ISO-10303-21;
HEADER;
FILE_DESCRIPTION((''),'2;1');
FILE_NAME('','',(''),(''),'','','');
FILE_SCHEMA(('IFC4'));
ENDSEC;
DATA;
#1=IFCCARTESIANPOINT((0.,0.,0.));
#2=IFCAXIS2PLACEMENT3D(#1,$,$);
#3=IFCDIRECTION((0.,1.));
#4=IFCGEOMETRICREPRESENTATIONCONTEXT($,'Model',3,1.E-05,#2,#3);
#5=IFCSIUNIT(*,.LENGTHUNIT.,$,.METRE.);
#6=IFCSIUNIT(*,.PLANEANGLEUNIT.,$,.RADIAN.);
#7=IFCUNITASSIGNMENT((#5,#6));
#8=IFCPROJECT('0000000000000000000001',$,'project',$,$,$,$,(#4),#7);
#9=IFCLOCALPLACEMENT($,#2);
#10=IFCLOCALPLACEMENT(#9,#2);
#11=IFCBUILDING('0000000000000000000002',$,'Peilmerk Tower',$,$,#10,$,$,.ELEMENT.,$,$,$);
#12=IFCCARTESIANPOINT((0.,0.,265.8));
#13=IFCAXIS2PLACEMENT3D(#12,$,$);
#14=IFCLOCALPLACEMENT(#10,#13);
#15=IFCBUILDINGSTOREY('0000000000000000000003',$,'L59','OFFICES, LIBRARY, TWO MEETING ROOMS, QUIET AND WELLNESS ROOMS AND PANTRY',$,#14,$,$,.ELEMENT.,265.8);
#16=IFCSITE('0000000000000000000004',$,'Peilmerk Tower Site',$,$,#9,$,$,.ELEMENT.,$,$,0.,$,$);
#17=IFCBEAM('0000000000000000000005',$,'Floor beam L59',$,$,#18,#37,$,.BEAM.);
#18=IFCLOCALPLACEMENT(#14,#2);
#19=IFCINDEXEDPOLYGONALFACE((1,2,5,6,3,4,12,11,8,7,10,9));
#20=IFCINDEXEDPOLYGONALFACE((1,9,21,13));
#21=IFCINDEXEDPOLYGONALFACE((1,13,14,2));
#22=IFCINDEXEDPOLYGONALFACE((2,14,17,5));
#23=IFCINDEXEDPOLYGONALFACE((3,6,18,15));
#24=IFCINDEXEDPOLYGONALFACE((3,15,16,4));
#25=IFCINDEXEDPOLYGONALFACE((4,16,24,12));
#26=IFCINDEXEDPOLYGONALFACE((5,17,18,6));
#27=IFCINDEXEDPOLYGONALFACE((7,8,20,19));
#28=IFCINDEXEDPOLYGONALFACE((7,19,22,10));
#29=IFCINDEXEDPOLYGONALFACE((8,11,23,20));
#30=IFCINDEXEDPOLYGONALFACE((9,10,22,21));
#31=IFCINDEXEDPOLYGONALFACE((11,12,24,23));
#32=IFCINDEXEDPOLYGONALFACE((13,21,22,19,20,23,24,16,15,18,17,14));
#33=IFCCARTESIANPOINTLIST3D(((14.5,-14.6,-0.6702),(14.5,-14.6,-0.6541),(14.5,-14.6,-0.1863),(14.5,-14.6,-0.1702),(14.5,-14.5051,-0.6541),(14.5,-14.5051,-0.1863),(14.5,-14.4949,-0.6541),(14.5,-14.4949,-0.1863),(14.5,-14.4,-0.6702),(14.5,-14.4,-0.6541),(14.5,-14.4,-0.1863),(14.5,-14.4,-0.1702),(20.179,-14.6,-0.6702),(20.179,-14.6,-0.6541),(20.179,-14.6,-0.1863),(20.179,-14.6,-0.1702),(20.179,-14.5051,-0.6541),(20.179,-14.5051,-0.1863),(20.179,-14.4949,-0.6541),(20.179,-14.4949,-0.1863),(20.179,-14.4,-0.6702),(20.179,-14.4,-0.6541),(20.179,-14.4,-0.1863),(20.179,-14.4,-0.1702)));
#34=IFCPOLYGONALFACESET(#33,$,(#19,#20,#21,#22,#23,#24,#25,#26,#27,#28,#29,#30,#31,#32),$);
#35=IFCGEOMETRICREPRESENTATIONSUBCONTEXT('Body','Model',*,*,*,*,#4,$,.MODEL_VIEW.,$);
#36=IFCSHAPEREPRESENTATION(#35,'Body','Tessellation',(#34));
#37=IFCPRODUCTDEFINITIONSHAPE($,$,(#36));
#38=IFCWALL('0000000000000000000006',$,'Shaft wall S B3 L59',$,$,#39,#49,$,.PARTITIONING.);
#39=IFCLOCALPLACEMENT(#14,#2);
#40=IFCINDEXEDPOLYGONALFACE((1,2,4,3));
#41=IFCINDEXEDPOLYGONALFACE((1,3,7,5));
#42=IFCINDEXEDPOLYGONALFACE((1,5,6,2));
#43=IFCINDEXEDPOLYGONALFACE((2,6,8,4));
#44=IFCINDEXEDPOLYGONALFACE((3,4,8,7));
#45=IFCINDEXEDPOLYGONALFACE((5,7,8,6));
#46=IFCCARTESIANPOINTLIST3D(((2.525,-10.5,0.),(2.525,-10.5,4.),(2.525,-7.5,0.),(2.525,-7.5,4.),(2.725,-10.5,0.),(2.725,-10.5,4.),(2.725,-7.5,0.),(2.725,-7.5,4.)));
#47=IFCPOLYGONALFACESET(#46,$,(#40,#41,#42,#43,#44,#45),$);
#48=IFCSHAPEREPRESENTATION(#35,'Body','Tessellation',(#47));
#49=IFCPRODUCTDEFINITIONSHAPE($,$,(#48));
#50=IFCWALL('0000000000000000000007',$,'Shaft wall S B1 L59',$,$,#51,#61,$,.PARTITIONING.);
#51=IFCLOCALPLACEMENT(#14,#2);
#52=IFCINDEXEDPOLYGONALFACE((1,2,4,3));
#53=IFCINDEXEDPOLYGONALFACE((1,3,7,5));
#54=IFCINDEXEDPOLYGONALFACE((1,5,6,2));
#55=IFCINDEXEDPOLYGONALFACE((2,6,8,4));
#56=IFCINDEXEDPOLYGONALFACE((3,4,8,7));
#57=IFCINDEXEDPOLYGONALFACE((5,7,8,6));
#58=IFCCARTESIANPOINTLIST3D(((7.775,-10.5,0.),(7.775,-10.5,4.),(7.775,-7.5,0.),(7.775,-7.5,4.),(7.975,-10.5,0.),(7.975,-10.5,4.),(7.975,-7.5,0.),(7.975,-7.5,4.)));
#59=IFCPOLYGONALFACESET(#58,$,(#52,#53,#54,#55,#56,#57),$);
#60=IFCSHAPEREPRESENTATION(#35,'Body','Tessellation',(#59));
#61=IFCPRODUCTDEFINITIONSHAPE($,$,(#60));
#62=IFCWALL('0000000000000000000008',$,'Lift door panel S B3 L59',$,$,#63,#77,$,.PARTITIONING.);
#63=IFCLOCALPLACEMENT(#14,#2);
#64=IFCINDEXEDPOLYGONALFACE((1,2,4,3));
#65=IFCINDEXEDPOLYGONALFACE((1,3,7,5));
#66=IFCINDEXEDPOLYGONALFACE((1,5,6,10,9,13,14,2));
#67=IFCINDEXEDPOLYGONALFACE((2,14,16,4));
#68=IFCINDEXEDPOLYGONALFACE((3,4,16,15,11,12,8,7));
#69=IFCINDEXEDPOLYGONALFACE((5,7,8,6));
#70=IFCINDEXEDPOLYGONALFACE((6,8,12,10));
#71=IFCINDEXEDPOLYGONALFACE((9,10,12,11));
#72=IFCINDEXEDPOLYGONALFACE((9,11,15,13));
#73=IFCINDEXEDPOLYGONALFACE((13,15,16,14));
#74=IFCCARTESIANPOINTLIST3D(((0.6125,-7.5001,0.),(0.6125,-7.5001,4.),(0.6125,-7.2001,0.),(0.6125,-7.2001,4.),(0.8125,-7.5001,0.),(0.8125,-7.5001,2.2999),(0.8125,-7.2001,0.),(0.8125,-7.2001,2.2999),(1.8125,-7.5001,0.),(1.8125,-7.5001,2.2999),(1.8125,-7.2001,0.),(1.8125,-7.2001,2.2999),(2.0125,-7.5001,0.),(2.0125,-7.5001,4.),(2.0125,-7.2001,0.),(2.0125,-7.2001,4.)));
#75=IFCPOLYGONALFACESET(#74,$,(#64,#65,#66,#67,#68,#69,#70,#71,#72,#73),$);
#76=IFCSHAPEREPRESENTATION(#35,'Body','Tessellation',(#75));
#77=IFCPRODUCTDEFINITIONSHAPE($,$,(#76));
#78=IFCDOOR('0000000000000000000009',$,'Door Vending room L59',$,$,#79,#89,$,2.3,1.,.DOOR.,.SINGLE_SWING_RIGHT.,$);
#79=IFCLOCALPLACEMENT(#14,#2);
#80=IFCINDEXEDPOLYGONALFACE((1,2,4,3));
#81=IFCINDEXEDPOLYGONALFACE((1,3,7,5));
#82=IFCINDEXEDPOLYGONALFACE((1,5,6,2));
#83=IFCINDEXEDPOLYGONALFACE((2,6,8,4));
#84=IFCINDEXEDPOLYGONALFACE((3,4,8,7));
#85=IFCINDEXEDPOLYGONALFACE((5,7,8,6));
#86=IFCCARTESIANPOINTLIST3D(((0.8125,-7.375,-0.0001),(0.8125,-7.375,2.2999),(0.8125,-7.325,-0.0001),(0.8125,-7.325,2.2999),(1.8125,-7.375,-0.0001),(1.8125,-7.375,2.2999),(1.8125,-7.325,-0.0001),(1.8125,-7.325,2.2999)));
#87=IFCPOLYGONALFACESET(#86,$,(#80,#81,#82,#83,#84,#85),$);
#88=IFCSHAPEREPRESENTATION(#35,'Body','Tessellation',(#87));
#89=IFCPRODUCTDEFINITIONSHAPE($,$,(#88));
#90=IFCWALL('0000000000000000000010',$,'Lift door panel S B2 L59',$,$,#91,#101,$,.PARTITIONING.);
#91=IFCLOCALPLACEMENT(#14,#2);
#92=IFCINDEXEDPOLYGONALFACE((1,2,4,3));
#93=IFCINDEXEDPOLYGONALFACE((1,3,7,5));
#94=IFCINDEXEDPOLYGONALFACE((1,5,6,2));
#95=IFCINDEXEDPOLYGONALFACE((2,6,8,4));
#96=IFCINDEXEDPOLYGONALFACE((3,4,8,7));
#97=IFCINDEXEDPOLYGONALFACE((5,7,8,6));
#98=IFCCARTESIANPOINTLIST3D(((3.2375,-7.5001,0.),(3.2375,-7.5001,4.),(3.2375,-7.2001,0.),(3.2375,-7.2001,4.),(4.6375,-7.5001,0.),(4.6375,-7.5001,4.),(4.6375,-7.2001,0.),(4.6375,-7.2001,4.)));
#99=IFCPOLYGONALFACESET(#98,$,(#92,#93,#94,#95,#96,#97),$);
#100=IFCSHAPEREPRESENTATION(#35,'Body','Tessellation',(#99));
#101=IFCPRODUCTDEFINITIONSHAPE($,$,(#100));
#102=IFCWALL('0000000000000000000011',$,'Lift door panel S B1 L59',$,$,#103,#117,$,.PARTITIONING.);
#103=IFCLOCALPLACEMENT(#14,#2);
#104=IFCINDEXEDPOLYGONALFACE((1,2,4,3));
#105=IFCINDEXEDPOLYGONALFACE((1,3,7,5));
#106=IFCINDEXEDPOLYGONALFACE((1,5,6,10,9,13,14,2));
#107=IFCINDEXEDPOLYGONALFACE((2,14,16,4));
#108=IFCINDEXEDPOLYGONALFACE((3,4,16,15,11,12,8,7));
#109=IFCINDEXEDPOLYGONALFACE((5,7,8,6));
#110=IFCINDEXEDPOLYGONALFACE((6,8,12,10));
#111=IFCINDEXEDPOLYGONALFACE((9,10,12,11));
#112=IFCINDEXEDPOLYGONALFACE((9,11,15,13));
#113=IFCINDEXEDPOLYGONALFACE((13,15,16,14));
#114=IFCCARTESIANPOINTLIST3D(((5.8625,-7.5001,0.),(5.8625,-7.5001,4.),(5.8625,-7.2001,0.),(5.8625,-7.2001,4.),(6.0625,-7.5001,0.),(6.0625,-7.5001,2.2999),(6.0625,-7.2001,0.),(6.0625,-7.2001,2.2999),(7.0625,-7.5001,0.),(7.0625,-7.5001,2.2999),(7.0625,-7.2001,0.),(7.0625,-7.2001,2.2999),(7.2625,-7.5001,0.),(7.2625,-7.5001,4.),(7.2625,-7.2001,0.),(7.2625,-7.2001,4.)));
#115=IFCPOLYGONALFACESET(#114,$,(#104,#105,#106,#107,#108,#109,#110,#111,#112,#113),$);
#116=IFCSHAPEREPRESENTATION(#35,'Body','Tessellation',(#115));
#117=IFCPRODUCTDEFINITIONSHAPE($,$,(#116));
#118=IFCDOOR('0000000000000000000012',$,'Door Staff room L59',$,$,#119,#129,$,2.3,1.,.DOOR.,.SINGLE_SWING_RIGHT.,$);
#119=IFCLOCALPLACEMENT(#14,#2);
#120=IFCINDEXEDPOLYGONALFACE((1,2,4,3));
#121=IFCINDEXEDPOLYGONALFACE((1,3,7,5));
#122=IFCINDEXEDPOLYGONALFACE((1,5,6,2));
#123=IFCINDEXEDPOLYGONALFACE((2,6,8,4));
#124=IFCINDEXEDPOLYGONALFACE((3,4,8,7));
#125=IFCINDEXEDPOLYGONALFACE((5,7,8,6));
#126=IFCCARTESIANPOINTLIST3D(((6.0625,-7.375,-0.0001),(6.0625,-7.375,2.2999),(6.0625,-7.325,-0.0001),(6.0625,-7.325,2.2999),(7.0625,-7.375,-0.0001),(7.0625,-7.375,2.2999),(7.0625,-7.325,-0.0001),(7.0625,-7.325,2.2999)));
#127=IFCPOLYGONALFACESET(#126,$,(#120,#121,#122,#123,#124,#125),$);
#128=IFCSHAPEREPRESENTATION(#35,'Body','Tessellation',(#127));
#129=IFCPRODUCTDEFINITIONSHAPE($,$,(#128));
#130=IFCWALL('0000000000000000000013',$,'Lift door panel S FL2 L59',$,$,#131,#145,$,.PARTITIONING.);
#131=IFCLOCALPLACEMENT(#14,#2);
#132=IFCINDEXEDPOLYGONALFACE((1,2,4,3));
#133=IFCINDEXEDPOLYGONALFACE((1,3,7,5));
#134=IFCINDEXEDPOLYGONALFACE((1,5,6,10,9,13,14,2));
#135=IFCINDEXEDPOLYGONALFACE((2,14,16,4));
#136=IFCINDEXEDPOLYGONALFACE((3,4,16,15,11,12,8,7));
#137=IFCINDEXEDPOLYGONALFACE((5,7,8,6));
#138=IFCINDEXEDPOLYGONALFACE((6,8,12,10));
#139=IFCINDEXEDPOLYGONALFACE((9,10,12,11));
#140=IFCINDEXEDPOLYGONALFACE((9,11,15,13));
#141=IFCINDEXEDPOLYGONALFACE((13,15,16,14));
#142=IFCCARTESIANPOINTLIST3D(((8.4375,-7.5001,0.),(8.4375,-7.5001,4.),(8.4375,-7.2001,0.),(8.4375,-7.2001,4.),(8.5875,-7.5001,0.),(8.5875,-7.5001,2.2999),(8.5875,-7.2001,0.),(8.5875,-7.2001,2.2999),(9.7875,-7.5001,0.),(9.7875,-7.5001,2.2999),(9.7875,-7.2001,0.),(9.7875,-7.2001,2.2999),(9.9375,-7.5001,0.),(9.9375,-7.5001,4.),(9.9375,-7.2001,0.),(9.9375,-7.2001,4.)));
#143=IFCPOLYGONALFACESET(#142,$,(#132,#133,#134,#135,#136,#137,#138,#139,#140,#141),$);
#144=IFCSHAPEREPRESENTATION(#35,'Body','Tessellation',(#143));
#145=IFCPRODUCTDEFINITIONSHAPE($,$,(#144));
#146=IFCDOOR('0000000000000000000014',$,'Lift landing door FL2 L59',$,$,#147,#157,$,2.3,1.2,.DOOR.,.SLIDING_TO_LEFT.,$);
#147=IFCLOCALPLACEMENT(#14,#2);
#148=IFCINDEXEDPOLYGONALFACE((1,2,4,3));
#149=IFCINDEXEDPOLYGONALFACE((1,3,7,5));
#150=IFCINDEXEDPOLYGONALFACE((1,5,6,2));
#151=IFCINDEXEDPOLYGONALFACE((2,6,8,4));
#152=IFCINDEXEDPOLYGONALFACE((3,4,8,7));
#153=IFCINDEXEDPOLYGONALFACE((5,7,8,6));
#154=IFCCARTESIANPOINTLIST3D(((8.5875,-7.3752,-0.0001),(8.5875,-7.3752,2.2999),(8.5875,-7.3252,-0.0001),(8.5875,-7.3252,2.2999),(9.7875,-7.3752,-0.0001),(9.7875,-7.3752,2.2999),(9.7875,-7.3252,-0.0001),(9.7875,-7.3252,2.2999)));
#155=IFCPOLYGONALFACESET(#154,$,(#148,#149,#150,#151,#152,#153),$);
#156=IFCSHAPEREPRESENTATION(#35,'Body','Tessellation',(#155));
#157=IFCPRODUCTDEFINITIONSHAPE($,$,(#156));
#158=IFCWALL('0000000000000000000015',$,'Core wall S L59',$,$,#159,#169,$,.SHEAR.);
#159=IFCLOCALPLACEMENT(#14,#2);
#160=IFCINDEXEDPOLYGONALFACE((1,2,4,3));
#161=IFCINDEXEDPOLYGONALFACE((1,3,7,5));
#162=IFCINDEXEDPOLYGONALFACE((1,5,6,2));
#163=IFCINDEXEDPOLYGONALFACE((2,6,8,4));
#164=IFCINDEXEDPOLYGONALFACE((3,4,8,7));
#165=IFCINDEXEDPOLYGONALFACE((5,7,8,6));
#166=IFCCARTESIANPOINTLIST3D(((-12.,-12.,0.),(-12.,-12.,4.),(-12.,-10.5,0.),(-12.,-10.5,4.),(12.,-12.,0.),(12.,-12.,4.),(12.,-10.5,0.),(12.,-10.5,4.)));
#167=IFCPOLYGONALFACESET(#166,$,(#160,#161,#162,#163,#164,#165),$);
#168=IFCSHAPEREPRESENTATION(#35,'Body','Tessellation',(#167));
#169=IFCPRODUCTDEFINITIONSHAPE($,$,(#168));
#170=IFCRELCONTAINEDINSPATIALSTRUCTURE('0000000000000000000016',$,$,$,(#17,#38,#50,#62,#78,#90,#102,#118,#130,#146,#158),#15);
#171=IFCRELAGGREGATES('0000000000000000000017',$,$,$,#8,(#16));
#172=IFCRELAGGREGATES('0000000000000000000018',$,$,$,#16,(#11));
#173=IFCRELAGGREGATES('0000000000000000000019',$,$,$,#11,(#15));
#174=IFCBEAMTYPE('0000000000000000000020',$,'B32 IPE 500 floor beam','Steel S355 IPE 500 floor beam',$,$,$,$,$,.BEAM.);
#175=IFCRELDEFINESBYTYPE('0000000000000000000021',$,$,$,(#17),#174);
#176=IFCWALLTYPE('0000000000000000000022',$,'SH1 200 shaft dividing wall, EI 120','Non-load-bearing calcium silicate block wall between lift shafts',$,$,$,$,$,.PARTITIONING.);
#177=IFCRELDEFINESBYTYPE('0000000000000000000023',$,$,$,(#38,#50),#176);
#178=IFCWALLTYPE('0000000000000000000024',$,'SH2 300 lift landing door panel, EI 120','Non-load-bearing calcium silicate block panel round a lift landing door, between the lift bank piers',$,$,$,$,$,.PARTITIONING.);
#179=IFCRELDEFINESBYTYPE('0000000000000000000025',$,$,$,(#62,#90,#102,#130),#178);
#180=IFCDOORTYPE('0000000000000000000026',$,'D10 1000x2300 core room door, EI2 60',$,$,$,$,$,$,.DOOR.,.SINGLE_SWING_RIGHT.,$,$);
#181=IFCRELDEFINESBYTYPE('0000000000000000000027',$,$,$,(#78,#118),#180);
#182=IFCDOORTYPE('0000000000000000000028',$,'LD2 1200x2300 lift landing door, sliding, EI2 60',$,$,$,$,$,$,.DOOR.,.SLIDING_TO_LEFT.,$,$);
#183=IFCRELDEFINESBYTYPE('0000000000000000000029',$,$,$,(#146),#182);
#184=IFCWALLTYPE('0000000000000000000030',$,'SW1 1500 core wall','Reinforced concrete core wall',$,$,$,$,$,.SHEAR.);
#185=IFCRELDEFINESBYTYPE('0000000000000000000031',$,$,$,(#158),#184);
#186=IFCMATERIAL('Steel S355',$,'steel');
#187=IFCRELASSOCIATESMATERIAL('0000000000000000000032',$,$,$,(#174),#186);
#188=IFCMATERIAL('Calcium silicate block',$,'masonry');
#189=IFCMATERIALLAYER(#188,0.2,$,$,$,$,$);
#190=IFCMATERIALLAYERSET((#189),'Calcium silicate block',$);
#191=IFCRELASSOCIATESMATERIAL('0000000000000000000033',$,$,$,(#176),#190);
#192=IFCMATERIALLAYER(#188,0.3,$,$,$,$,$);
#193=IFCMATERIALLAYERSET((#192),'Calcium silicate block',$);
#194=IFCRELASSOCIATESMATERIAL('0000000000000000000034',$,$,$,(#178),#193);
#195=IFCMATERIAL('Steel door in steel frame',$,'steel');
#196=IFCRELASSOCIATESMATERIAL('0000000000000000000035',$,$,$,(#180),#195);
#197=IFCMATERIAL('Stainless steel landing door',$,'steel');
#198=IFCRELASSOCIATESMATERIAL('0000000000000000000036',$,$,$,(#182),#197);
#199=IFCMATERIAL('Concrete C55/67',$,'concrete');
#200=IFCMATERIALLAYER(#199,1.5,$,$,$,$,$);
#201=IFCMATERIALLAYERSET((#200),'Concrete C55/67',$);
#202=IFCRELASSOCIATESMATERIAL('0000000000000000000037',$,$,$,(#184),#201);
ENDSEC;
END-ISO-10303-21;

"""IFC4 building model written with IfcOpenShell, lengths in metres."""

from ifc_helpers import new_model, si_unit, direction, frame, frame_2d, origin, origin_2d, place, context, subcontext, project, spatial, rectangle, i_section, extrude, material, layer, layer_set, material_profile, profile_set, type_object, element, fill, save


model = new_model("IFC4")

# Units and contexts
model_context = context("Model", 3, precision=1e-05, world=origin(), true_north=direction((0.0, 1.0)))
body_context = subcontext(model_context, "Body", "Model", "MODEL_VIEW")
ifc_project = project(units=[si_unit("LENGTHUNIT", "METRE"), si_unit("PLANEANGLEUNIT", "RADIAN")], contexts=[model_context])

# Site, building, storey
site_placement = place(None, origin())
site = spatial("IfcSite", under=ifc_project, at=site_placement, Name="Peilmerk Tower Site", CompositionType="ELEMENT", RefElevation=0.0)
building_placement = place(site_placement, origin())
building = spatial("IfcBuilding", under=site, at=building_placement, Name="Peilmerk Tower", CompositionType="ELEMENT")
storey_placement = place(building_placement, frame((0.0, 0.0, 265.8)))
storey = spatial("IfcBuildingStorey", under=building, at=storey_placement, Name="L59", Description="OFFICES, LIBRARY, TWO MEETING ROOMS, QUIET AND WELLNESS ROOMS AND PANTRY", CompositionType="ELEMENT", Elevation=265.8)

# Beam
ifc_material_1 = material(Name="Steel S355", Category="steel")
ifc_material_profile_1 = material_profile(ifc_material_1, i_section(OverallWidth=0.2, OverallDepth=0.5, WebThickness=0.0103, FlangeThickness=0.0161, at=origin_2d()), Name="IPE 500")
ifc_profile_set_1 = profile_set([ifc_material_profile_1], Name="Steel S355")
beam_type_1 = type_object("IfcBeamType", Name="B32 IPE 500 floor beam", Description="Steel S355 IPE 500 floor beam", PredefinedType="BEAM", material=ifc_profile_set_1)
for number, where, z_axis, x_axis, name in (
    (1, (14.5, -14.5, -0.4202), (1.0, 0.0, 0.0), (0.0, 1.0, 0.0), "Floor beam L59"),
):
    element("IfcBeam", number, at=place(storey_placement, frame(where, z_axis=z_axis, x_axis=x_axis)), inside=storey, type_object=beam_type_1, Name=name, PredefinedType="BEAM", context=body_context, shape_type="SweptSolid", body=[
        extrude(i_section(OverallWidth=0.2, OverallDepth=0.5, WebThickness=0.0103, FlangeThickness=0.0161, at=origin_2d()), origin(), (0.0, 0.0, 1.0), 5.679),
    ])

# Walls
ifc_material_2 = material(Name="Calcium silicate block", Category="masonry")
ifc_layer_1 = layer(ifc_material_2, 0.2)
ifc_layer_set_1 = layer_set([ifc_layer_1], Name="Calcium silicate block")
wall_type_1 = type_object("IfcWallType", Name="SH1 200 shaft dividing wall, EI 120", Description="Non-load-bearing calcium silicate block wall between lift shafts", PredefinedType="PARTITIONING", material=ifc_layer_set_1)
for number, where, z_axis, x_axis, name in (
    (2, (2.625, -10.5, 0.0), (0.0, 0.0, 1.0), (0.0, 1.0, 0.0), "Shaft wall S B3 L59"),
    (3, (7.875, -10.5, 0.0), (0.0, 0.0, 1.0), (0.0, 1.0, 0.0), "Shaft wall S B1 L59"),
):
    element("IfcWall", number, at=place(storey_placement, frame(where, z_axis=z_axis, x_axis=x_axis)), inside=storey, type_object=wall_type_1, Name=name, PredefinedType="PARTITIONING", context=body_context, shape_type="SweptSolid", body=[
        extrude(rectangle(XDim=3.0, YDim=0.2, at=frame_2d((1.5, 0.0))), origin(), (0.0, 0.0, 1.0), 4.0),
    ])

# Wall, opening, door
ifc_layer_2 = layer(ifc_material_2, 0.3)
ifc_layer_set_2 = layer_set([ifc_layer_2], Name="Calcium silicate block")
wall_type_2 = type_object("IfcWallType", Name="SH2 300 lift landing door panel, EI 120", Description="Non-load-bearing calcium silicate block panel round a lift landing door, between the lift bank piers", PredefinedType="PARTITIONING", material=ifc_layer_set_2)
wall_1_placement = place(storey_placement, frame((0.6125, -7.3501, 0.0), z_axis=(0.0, 0.0, 1.0), x_axis=(1.0, 0.0, 0.0)))
wall_1 = element("IfcWall", 4, at=wall_1_placement, inside=storey, type_object=wall_type_2, Name="Lift door panel S B3 L59", PredefinedType="PARTITIONING", context=body_context, shape_type="SweptSolid", body=[
    extrude(rectangle(XDim=1.3999, YDim=0.3, at=frame_2d((0.7, 0.0))), origin(), (0.0, 0.0, 1.0), 4.0),
])
opening_1_placement = place(wall_1_placement, frame((0.2, 0.0, 0.0)))
opening_1 = element("IfcOpeningElement", 5, at=opening_1_placement, cuts=wall_1, PredefinedType="OPENING", context=body_context, shape_type="SweptSolid", body=[
    extrude(rectangle(XDim=1.0, YDim=2.3, at=frame_2d((0.5, 1.1499))), frame((0.0, 0.1599, 0.0), z_axis=(0.0, -1.0, 0.0), x_axis=(1.0, 0.0, 0.0)), (0.0, 0.0, 1.0), 0.3201),
])
ifc_material_3 = material(Name="Steel door in steel frame", Category="steel")
door_type_1 = type_object("IfcDoorType", Name="D10 1000x2300 core room door, EI2 60", OperationType="SINGLE_SWING_RIGHT", PredefinedType="DOOR", material=ifc_material_3)
door_1_placement = place(opening_1_placement, frame((1.0, 0.0, 0.0), z_axis=(0.0, 0.0, 1.0), x_axis=(-1.0, 0.0, 0.0)))
door_1 = element("IfcDoor", 6, at=door_1_placement, inside=storey, type_object=door_type_1, Name="Door Vending room L59", OperationType="SINGLE_SWING_RIGHT", OverallHeight=2.3, OverallWidth=1.0, PredefinedType="DOOR", context=body_context, shape_type="SweptSolid", body=[
    extrude(rectangle(XDim=1.0, YDim=2.3, at=frame_2d((0.5, 1.1499))), frame((0.0, 0.0249, 0.0), z_axis=(0.0, -1.0, 0.0), x_axis=(1.0, 0.0, 0.0)), (0.0, 0.0, 1.0), 0.05),
])
fill(opening_1, door_1)

# Wall
wall_2_placement = place(storey_placement, frame((3.2375, -7.3501, 0.0), z_axis=(0.0, 0.0, 1.0), x_axis=(1.0, 0.0, 0.0)))
element("IfcWall", 7, at=wall_2_placement, inside=storey, type_object=wall_type_2, Name="Lift door panel S B2 L59", PredefinedType="PARTITIONING", context=body_context, shape_type="SweptSolid", body=[
    extrude(rectangle(XDim=1.3999, YDim=0.3, at=frame_2d((0.7, 0.0))), origin(), (0.0, 0.0, 1.0), 4.0),
])

# Walls, openings, doors
wall_3_placement = place(storey_placement, frame((5.8625, -7.3501, 0.0), z_axis=(0.0, 0.0, 1.0), x_axis=(1.0, 0.0, 0.0)))
wall_3 = element("IfcWall", 8, at=wall_3_placement, inside=storey, type_object=wall_type_2, Name="Lift door panel S B1 L59", PredefinedType="PARTITIONING", context=body_context, shape_type="SweptSolid", body=[
    extrude(rectangle(XDim=1.3999, YDim=0.3, at=frame_2d((0.7, 0.0))), origin(), (0.0, 0.0, 1.0), 4.0),
])
opening_2_placement = place(wall_3_placement, frame((0.2, 0.0, 0.0)))
opening_2 = element("IfcOpeningElement", 9, at=opening_2_placement, cuts=wall_3, PredefinedType="OPENING", context=body_context, shape_type="SweptSolid", body=[
    extrude(rectangle(XDim=1.0, YDim=2.3, at=frame_2d((0.5, 1.1499))), frame((0.0, 0.1599, 0.0), z_axis=(0.0, -1.0, 0.0), x_axis=(1.0, 0.0, 0.0)), (0.0, 0.0, 1.0), 0.3201),
])
door_2_placement = place(opening_2_placement, frame((1.0, 0.0, 0.0), z_axis=(0.0, 0.0, 1.0), x_axis=(-1.0, 0.0, 0.0)))
door_2 = element("IfcDoor", 10, at=door_2_placement, inside=storey, type_object=door_type_1, Name="Door Staff room L59", OperationType="SINGLE_SWING_RIGHT", OverallHeight=2.3, OverallWidth=1.0, PredefinedType="DOOR", context=body_context, shape_type="SweptSolid", body=[
    extrude(rectangle(XDim=1.0, YDim=2.3, at=frame_2d((0.5, 1.1499))), frame((0.0, 0.0249, 0.0), z_axis=(0.0, -1.0, 0.0), x_axis=(1.0, 0.0, 0.0)), (0.0, 0.0, 1.0), 0.05),
])
fill(opening_2, door_2)
wall_4_placement = place(storey_placement, frame((8.4375, -7.3501, 0.0), z_axis=(0.0, 0.0, 1.0), x_axis=(1.0, 0.0, 0.0)))
wall_4 = element("IfcWall", 11, at=wall_4_placement, inside=storey, type_object=wall_type_2, Name="Lift door panel S FL2 L59", PredefinedType="PARTITIONING", context=body_context, shape_type="SweptSolid", body=[
    extrude(rectangle(XDim=1.5, YDim=0.3, at=frame_2d((0.75, 0.0))), origin(), (0.0, 0.0, 1.0), 4.0),
])
opening_3_placement = place(wall_4_placement, frame((0.1499, 0.0, 0.0)))
opening_3 = element("IfcOpeningElement", 12, at=opening_3_placement, cuts=wall_4, PredefinedType="OPENING", context=body_context, shape_type="SweptSolid", body=[
    extrude(rectangle(XDim=1.2, YDim=2.3, at=frame_2d((0.6001, 1.1499))), frame((0.0, 0.1599, 0.0), z_axis=(0.0, -1.0, 0.0), x_axis=(1.0, 0.0, 0.0)), (0.0, 0.0, 1.0), 0.3201),
])
ifc_material_4 = material(Name="Stainless steel landing door", Category="steel")
door_type_2 = type_object("IfcDoorType", Name="LD2 1200x2300 lift landing door, sliding, EI2 60", OperationType="SLIDING_TO_LEFT", PredefinedType="DOOR", material=ifc_material_4)
door_3_placement = place(opening_3_placement, origin())
door_3 = element("IfcDoor", 13, at=door_3_placement, inside=storey, type_object=door_type_2, Name="Lift landing door FL2 L59", OperationType="SLIDING_TO_LEFT", OverallHeight=2.3, OverallWidth=1.2, PredefinedType="DOOR", context=body_context, shape_type="SweptSolid", body=[
    extrude(rectangle(XDim=1.2, YDim=2.3, at=frame_2d((0.6001, 1.1499))), frame((0.0, 0.0249, 0.0), z_axis=(0.0, -1.0, 0.0), x_axis=(1.0, 0.0, 0.0)), (0.0, 0.0, 1.0), 0.05),
])
fill(opening_3, door_3)

# Wall
ifc_material_5 = material(Name="Concrete C55/67", Category="concrete")
ifc_layer_3 = layer(ifc_material_5, 1.5)
ifc_layer_set_3 = layer_set([ifc_layer_3], Name="Concrete C55/67")
wall_type_3 = type_object("IfcWallType", Name="SW1 1500 core wall", Description="Reinforced concrete core wall", PredefinedType="SHEAR", material=ifc_layer_set_3)
wall_5_placement = place(storey_placement, frame((12.0, -11.25, 0.0), z_axis=(0.0, 0.0, 1.0), x_axis=(-1.0, 0.0, 0.0)))
element("IfcWall", 14, at=wall_5_placement, inside=storey, type_object=wall_type_3, Name="Core wall S L59", PredefinedType="SHEAR", context=body_context, shape_type="SweptSolid", body=[
    extrude(rectangle(XDim=24.0, YDim=1.5, at=frame_2d((12.0, 0.0))), origin(), (0.0, 0.0, 1.0), 4.0),
])

save(model, "model.ifc")
